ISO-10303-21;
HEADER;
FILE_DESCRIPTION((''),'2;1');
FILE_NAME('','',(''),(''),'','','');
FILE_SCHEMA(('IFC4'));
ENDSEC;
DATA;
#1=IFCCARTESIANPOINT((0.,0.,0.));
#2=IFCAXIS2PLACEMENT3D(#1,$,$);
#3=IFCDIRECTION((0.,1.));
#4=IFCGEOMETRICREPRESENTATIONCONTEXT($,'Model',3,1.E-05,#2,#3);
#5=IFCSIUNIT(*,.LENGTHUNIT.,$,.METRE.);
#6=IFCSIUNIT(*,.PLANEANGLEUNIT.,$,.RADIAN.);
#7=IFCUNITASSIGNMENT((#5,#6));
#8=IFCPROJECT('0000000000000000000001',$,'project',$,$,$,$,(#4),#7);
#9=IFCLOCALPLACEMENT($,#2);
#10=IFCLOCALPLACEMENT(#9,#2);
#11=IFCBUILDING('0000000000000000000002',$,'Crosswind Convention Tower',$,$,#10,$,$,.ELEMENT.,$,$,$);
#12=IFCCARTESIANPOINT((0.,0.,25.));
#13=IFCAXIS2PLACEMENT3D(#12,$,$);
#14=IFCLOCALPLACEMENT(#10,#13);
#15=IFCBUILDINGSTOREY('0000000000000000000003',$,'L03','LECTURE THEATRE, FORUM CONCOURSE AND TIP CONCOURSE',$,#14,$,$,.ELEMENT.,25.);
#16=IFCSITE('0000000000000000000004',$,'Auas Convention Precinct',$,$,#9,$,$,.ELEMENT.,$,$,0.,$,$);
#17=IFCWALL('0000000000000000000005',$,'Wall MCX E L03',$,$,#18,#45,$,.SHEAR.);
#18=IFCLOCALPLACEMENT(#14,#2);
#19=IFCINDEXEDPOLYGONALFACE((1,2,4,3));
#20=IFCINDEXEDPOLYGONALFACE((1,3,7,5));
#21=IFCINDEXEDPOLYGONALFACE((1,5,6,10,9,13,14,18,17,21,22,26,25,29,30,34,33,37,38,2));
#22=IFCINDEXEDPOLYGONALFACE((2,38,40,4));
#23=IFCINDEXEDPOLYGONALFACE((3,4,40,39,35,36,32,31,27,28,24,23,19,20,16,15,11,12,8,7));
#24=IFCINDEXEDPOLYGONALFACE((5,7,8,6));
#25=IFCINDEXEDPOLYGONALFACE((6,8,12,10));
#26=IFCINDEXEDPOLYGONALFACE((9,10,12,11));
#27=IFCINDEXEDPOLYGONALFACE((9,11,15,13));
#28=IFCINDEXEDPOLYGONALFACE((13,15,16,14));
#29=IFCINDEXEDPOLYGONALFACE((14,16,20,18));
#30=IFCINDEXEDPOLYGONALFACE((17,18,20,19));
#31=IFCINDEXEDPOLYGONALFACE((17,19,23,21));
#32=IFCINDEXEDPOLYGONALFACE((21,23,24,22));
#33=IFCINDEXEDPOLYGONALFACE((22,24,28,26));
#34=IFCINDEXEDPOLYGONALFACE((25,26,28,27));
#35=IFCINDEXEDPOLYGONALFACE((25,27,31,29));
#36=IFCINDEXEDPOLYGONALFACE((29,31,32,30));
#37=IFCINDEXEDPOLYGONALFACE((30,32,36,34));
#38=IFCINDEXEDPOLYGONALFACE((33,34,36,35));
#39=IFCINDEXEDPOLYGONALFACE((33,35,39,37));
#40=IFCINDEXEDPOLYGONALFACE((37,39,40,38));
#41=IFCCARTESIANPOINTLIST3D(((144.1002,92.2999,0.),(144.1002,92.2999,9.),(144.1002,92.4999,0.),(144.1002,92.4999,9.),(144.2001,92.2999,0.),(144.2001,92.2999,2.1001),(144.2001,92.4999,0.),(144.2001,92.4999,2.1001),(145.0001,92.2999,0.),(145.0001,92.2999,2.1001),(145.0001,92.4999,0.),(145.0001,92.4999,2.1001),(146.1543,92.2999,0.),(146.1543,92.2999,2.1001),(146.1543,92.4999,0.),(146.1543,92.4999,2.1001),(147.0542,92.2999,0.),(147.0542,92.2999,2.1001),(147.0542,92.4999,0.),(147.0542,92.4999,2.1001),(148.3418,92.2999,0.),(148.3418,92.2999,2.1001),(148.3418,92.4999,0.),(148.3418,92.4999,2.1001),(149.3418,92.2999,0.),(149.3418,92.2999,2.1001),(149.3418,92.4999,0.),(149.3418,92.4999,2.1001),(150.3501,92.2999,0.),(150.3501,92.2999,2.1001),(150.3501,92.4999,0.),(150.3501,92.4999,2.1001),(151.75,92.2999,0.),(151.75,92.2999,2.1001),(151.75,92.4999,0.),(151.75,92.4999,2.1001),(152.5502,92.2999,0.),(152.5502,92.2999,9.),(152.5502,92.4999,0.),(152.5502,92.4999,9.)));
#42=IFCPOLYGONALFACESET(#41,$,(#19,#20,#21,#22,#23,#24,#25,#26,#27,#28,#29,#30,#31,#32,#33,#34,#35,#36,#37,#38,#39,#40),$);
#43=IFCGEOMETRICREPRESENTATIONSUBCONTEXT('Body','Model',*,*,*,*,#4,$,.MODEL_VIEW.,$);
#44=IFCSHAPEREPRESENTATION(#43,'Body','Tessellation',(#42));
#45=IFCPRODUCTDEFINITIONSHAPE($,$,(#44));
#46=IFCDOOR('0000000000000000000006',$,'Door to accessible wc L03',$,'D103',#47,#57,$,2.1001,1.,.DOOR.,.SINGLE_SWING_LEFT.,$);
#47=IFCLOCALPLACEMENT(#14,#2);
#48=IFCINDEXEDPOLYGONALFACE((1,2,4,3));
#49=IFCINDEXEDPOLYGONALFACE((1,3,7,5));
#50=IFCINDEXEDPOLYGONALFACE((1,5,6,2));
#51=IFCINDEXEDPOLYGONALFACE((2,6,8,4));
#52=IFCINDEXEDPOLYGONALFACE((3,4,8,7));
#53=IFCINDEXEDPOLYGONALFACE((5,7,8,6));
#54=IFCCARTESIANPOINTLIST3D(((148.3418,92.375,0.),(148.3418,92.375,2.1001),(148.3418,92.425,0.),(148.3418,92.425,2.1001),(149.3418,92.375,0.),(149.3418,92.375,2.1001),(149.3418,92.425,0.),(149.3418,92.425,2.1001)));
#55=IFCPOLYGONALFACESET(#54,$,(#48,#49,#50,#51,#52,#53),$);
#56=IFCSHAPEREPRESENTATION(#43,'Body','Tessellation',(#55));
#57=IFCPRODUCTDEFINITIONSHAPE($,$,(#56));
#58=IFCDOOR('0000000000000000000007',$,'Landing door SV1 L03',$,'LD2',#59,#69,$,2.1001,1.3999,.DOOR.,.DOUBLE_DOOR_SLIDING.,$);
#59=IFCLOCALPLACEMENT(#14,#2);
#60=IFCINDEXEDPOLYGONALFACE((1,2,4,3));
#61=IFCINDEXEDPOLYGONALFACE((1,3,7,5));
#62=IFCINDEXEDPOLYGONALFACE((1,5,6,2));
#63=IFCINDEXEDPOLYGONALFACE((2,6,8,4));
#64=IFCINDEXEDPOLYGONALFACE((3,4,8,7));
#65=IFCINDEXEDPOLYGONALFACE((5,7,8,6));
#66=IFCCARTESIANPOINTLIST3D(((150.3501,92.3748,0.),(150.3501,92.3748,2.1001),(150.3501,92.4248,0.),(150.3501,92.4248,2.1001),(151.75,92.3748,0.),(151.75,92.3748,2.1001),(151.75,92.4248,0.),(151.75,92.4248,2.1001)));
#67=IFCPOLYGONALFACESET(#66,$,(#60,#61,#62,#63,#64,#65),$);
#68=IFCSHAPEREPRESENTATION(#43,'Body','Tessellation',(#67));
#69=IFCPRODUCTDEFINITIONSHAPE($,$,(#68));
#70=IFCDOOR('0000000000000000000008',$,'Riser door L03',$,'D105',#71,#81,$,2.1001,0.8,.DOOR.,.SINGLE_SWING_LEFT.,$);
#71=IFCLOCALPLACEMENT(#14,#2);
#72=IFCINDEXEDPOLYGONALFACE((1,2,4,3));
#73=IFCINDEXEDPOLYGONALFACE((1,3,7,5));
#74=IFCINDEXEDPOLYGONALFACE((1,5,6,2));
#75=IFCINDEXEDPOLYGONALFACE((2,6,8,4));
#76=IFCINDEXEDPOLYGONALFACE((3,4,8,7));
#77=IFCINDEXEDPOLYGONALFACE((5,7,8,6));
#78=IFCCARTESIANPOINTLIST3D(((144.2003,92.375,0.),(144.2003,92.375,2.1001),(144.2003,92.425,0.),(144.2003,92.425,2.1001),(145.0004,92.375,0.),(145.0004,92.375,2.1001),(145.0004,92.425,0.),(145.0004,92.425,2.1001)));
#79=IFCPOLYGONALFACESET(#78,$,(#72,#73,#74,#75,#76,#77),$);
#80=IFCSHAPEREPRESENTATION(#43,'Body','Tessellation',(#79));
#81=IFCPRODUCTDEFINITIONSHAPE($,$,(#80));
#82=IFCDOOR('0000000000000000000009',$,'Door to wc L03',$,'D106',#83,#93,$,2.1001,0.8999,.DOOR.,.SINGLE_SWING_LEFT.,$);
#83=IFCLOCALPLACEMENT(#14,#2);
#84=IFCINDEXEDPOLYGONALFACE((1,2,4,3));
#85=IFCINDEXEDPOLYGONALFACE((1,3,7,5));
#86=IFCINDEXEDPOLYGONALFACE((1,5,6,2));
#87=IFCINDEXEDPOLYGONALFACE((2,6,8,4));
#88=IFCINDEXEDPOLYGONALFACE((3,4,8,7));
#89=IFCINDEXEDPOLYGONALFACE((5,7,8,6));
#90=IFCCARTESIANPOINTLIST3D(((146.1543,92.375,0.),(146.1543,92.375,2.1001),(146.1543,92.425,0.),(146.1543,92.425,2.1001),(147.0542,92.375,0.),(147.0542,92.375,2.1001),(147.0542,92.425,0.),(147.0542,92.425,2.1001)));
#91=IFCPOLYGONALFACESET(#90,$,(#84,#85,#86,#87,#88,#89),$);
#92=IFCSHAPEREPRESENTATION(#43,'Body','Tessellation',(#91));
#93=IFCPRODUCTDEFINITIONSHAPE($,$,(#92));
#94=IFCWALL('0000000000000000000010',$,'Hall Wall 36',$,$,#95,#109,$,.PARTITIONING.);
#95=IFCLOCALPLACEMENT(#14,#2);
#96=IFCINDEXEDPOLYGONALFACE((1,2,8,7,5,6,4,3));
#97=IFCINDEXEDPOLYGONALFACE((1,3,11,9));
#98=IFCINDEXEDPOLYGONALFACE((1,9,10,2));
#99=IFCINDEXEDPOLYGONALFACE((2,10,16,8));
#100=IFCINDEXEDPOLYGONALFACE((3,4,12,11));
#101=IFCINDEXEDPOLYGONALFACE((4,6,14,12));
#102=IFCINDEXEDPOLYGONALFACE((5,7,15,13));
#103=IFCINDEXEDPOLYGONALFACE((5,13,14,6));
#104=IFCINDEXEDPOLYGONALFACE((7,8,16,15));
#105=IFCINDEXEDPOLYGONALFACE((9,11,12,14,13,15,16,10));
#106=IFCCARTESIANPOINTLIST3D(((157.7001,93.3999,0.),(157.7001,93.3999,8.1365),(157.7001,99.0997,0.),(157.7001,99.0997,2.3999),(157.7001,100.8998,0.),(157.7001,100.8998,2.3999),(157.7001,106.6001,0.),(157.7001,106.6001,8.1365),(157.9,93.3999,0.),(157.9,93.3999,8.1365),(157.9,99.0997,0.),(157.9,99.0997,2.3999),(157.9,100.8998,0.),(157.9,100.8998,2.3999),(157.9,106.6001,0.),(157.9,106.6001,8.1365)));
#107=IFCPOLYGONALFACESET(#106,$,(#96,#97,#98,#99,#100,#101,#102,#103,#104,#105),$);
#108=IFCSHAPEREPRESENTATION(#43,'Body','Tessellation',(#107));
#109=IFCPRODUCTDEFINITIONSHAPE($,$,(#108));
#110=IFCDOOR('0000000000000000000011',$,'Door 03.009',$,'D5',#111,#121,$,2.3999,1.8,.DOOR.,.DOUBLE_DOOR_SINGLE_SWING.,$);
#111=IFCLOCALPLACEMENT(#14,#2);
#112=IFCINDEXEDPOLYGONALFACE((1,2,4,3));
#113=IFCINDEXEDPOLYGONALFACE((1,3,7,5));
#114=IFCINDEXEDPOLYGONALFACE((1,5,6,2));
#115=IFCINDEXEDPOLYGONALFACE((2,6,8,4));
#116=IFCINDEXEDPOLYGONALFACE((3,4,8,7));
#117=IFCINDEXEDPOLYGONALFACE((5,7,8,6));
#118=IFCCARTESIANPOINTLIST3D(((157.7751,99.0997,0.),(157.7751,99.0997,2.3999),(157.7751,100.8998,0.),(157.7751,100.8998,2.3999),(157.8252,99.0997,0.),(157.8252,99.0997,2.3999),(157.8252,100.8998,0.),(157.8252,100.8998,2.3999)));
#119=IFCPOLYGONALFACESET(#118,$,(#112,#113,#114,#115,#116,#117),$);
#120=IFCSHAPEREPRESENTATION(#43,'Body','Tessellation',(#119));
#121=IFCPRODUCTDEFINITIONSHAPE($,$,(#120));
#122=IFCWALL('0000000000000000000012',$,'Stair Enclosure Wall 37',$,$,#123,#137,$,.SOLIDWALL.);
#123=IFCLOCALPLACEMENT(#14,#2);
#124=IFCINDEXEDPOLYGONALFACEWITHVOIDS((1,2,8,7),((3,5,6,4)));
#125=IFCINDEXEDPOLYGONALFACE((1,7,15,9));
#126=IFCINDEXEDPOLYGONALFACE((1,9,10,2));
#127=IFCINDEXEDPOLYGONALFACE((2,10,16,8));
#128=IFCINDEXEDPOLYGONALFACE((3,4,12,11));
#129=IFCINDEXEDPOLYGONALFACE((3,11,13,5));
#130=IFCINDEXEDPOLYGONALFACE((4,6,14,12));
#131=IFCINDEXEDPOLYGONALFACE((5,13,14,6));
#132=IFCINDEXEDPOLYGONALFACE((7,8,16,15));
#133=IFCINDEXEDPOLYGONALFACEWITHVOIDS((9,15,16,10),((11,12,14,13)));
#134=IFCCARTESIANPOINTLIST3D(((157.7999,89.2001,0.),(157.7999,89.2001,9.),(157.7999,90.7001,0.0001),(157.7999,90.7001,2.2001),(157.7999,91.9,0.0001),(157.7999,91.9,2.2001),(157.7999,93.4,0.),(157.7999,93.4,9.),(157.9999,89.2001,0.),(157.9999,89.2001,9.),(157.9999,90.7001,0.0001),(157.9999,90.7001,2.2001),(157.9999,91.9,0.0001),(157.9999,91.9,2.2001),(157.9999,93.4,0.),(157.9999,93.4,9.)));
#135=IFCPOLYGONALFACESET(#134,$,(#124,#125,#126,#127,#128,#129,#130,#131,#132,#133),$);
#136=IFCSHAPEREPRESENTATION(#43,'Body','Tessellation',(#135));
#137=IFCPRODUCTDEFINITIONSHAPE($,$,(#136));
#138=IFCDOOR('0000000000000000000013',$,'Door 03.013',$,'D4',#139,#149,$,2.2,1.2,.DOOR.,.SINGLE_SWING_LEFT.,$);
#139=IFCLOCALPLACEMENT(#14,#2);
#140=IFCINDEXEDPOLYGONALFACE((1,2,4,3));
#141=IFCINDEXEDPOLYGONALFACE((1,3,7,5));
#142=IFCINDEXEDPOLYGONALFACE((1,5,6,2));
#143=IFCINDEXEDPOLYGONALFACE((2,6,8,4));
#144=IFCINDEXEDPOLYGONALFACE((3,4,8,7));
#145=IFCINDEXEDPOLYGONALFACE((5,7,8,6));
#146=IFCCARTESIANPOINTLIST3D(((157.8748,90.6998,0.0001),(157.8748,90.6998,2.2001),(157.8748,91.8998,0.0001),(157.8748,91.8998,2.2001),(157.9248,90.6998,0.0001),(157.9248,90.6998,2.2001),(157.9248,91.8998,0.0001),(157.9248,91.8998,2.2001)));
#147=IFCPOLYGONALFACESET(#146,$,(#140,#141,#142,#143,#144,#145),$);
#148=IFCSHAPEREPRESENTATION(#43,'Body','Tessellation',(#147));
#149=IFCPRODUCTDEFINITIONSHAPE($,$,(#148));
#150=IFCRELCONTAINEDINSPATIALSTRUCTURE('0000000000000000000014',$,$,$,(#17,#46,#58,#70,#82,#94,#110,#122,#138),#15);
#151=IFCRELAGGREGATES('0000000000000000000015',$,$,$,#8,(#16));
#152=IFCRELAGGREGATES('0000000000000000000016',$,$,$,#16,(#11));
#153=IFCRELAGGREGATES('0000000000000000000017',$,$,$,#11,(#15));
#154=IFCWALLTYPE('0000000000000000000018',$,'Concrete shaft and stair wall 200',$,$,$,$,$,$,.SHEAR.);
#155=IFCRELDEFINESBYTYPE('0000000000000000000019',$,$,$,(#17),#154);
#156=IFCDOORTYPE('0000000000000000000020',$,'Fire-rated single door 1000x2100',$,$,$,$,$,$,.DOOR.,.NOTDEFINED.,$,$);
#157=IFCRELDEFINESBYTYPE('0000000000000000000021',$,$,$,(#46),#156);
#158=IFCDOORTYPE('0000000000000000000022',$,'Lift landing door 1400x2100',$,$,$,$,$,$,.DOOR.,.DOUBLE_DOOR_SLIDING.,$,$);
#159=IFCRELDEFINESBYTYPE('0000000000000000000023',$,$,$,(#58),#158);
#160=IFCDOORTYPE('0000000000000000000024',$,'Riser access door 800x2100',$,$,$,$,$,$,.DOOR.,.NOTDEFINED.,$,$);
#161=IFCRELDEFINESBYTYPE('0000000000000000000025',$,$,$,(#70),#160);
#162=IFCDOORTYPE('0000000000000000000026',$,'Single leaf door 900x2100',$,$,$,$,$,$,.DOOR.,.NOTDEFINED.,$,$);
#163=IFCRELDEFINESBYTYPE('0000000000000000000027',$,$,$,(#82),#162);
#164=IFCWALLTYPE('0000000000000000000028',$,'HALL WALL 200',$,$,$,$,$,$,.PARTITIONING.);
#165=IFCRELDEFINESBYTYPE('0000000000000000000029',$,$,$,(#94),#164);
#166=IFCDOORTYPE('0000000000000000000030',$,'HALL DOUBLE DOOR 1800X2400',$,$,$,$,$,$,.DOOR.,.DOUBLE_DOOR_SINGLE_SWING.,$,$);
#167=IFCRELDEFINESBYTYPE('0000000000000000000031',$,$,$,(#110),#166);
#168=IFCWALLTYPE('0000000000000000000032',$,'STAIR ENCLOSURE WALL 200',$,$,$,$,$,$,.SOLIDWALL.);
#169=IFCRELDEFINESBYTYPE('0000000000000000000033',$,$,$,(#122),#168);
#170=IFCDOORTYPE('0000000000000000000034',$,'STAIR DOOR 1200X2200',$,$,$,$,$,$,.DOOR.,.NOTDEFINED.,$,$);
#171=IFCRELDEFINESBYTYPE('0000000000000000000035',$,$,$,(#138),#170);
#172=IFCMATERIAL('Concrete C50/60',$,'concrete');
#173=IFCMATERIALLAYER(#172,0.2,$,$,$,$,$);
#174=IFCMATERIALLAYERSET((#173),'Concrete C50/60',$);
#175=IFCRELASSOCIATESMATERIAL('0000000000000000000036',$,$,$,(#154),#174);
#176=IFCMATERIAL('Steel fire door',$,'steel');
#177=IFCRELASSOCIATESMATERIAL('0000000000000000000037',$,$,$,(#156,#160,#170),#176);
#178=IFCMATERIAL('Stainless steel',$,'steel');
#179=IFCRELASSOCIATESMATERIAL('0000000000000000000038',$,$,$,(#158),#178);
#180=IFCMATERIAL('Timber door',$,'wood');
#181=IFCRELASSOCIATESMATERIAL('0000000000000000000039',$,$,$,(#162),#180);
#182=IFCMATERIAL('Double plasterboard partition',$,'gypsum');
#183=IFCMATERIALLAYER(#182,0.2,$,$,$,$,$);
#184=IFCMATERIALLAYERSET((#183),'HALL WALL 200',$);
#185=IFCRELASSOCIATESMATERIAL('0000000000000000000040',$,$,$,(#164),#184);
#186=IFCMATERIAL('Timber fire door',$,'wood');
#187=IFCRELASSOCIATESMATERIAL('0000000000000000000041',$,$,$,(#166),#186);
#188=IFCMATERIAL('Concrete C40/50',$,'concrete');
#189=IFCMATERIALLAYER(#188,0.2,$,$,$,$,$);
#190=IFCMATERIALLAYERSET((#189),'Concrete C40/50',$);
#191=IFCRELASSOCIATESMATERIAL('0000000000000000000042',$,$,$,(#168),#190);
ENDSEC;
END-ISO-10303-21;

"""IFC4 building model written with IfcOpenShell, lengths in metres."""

from ifc_helpers import new_model, si_unit, direction, frame, frame_2d, origin, place, context, subcontext, project, spatial, rectangle, extrude, material, layer, layer_set, type_object, element, fill, save


model = new_model("IFC4")

# Units and contexts
model_context = context("Model", 3, precision=1e-05, world=origin(), true_north=direction((0.0, 1.0)))
body_context = subcontext(model_context, "Body", "Model", "MODEL_VIEW")
ifc_project = project(units=[si_unit("LENGTHUNIT", "METRE"), si_unit("PLANEANGLEUNIT", "RADIAN")], contexts=[model_context])

# Site, building, storey
site_placement = place(None, origin())
site = spatial("IfcSite", under=ifc_project, at=site_placement, Name="Auas Convention Precinct", CompositionType="ELEMENT", RefElevation=0.0)
building_placement = place(site_placement, origin())
building = spatial("IfcBuilding", under=site, at=building_placement, Name="Crosswind Convention Tower", CompositionType="ELEMENT")
storey_placement = place(building_placement, frame((0.0, 0.0, 25.0)))
storey = spatial("IfcBuildingStorey", under=building, at=storey_placement, Name="L03", Description="LECTURE THEATRE, FORUM CONCOURSE AND TIP CONCOURSE", CompositionType="ELEMENT", Elevation=25.0)

# Shared definitions
ifc_material_1 = material(Name="Concrete C50/60", Category="concrete")
ifc_layer_1 = layer(ifc_material_1, 0.2)
ifc_layer_set_1 = layer_set([ifc_layer_1], Name="Concrete C50/60")
wall_type_1 = type_object("IfcWallType", Name="Concrete shaft and stair wall 200", PredefinedType="SHEAR", material=ifc_layer_set_1)

# Wall, openings, doors
ifc_material_2 = material(Name="Stainless steel", Category="steel")
wall_1_placement = place(storey_placement, frame((144.1001, 92.3999, 0.0), z_axis=(0.0, 0.0, 1.0), x_axis=(1.0, 0.0, 0.0)))
wall_1 = element("IfcWall", 1, at=wall_1_placement, inside=storey, type_object=wall_type_1, Name="Wall MCX E L03", PredefinedType="SHEAR", context=body_context, shape_type="SweptSolid", body=[
    extrude(rectangle(XDim=8.45, YDim=0.2, at=frame_2d((4.2251, 0.0))), origin(), (0.0, 0.0, 1.0), 9.0),
])
opening_1_placement = place(wall_1_placement, frame((0.1001, 0.0, 0.0)))
opening_1 = element("IfcOpeningElement", 2, at=opening_1_placement, cuts=wall_1, PredefinedType="OPENING", context=body_context, shape_type="SweptSolid", body=[
    extrude(rectangle(XDim=0.8, YDim=2.1001, at=frame_2d((0.3999, 1.05))), frame((0.0, 0.1099, 0.0), z_axis=(0.0, -1.0, 0.0), x_axis=(1.0, 0.0, 0.0)), (0.0, 0.0, 1.0), 0.22),
])
opening_2_placement = place(wall_1_placement, frame((2.0542, 0.0, 0.0)))
opening_2 = element("IfcOpeningElement", 3, at=opening_2_placement, cuts=wall_1, PredefinedType="OPENING", context=body_context, shape_type="SweptSolid", body=[
    extrude(rectangle(XDim=0.8999, YDim=2.1001, at=frame_2d((0.45, 1.05))), frame((0.0, 0.1099, 0.0), z_axis=(0.0, -1.0, 0.0), x_axis=(1.0, 0.0, 0.0)), (0.0, 0.0, 1.0), 0.22),
])
opening_3_placement = place(wall_1_placement, frame((4.2417, 0.0, 0.0)))
opening_3 = element("IfcOpeningElement", 4, at=opening_3_placement, cuts=wall_1, PredefinedType="OPENING", context=body_context, shape_type="SweptSolid", body=[
    extrude(rectangle(XDim=1.0, YDim=2.1001, at=frame_2d((0.5, 1.05))), frame((0.0, 0.1099, 0.0), z_axis=(0.0, -1.0, 0.0), x_axis=(1.0, 0.0, 0.0)), (0.0, 0.0, 1.0), 0.22),
])
opening_4_placement = place(wall_1_placement, frame((6.25, 0.0, 0.0)))
opening_4 = element("IfcOpeningElement", 5, at=opening_4_placement, cuts=wall_1, PredefinedType="OPENING", context=body_context, shape_type="SweptSolid", body=[
    extrude(rectangle(XDim=1.3999, YDim=2.1001, at=frame_2d((0.7, 1.05))), frame((0.0, 0.1099, 0.0), z_axis=(0.0, -1.0, 0.0), x_axis=(1.0, 0.0, 0.0)), (0.0, 0.0, 1.0), 0.22),
])
ifc_material_3 = material(Name="Steel fire door", Category="steel")
door_type_1 = type_object("IfcDoorType", Name="Fire-rated single door 1000x2100", OperationType="NOTDEFINED", PredefinedType="DOOR", material=ifc_material_3)
door_1_placement = place(opening_3_placement, frame((1.0, 0.0, 0.0), z_axis=(0.0, 0.0, 1.0), x_axis=(-1.0, 0.0, 0.0)))
door_1 = element("IfcDoor", 6, at=door_1_placement, inside=storey, type_object=door_type_1, Name="Door to accessible wc L03", ObjectType="D103", OperationType="SINGLE_SWING_LEFT", OverallHeight=2.1001, OverallWidth=1.0, PredefinedType="DOOR", context=body_context, shape_type="SweptSolid", body=[
    extrude(rectangle(XDim=1.0, YDim=2.1001, at=frame_2d((0.5, 1.05))), frame((0.0, 0.0249, 0.0), z_axis=(0.0, -1.0, 0.0), x_axis=(1.0, 0.0, 0.0)), (0.0, 0.0, 1.0), 0.05),
])
fill(opening_3, door_1)
door_type_2 = type_object("IfcDoorType", Name="Lift landing door 1400x2100", OperationType="DOUBLE_DOOR_SLIDING", PredefinedType="DOOR", material=ifc_material_2)
door_2_placement = place(opening_4_placement, origin())
door_2 = element("IfcDoor", 7, at=door_2_placement, inside=storey, type_object=door_type_2, Name="Landing door SV1 L03", ObjectType="LD2", OperationType="DOUBLE_DOOR_SLIDING", OverallHeight=2.1001, OverallWidth=1.3999, PredefinedType="DOOR", context=body_context, shape_type="SweptSolid", body=[
    extrude(rectangle(XDim=1.3999, YDim=2.1001, at=frame_2d((0.7, 1.05))), frame((0.0, 0.0249, 0.0), z_axis=(0.0, -1.0, 0.0), x_axis=(1.0, 0.0, 0.0)), (0.0, 0.0, 1.0), 0.05),
])
fill(opening_4, door_2)
door_type_3 = type_object("IfcDoorType", Name="Riser access door 800x2100", OperationType="NOTDEFINED", PredefinedType="DOOR", material=ifc_material_3)
door_3_placement = place(opening_1_placement, frame((0.8, 0.0, 0.0), z_axis=(0.0, 0.0, 1.0), x_axis=(-1.0, 0.0, 0.0)))
door_3 = element("IfcDoor", 8, at=door_3_placement, inside=storey, type_object=door_type_3, Name="Riser door L03", ObjectType="D105", OperationType="SINGLE_SWING_LEFT", OverallHeight=2.1001, OverallWidth=0.8, PredefinedType="DOOR", context=body_context, shape_type="SweptSolid", body=[
    extrude(rectangle(XDim=0.8, YDim=2.1001, at=frame_2d((0.3999, 1.05))), frame((0.0, 0.0249, 0.0), z_axis=(0.0, -1.0, 0.0), x_axis=(1.0, 0.0, 0.0)), (0.0, 0.0, 1.0), 0.05),
])
fill(opening_1, door_3)
ifc_material_4 = material(Name="Timber door", Category="wood")
door_type_4 = type_object("IfcDoorType", Name="Single leaf door 900x2100", OperationType="NOTDEFINED", PredefinedType="DOOR", material=ifc_material_4)
door_4_placement = place(opening_2_placement, frame((0.8999, 0.0, 0.0), z_axis=(0.0, 0.0, 1.0), x_axis=(-1.0, 0.0, 0.0)))
door_4 = element("IfcDoor", 9, at=door_4_placement, inside=storey, type_object=door_type_4, Name="Door to wc L03", ObjectType="D106", OperationType="SINGLE_SWING_LEFT", OverallHeight=2.1001, OverallWidth=0.8999, PredefinedType="DOOR", context=body_context, shape_type="SweptSolid", body=[
    extrude(rectangle(XDim=0.8999, YDim=2.1001, at=frame_2d((0.45, 1.05))), frame((0.0, 0.0249, 0.0), z_axis=(0.0, -1.0, 0.0), x_axis=(1.0, 0.0, 0.0)), (0.0, 0.0, 1.0), 0.05),
])
fill(opening_2, door_4)

# Walls, openings, doors
ifc_material_5 = material(Name="Double plasterboard partition", Category="gypsum")
ifc_layer_2 = layer(ifc_material_5, 0.2)
ifc_layer_set_2 = layer_set([ifc_layer_2], Name="HALL WALL 200")
wall_type_2 = type_object("IfcWallType", Name="HALL WALL 200", PredefinedType="PARTITIONING", material=ifc_layer_set_2)
wall_2_placement = place(storey_placement, frame((157.8, 93.3999, 0.0), z_axis=(0.0, 0.0, 1.0), x_axis=(0.0, 1.0, 0.0)))
wall_2 = element("IfcWall", 10, at=wall_2_placement, inside=storey, type_object=wall_type_2, Name="Hall Wall 36", PredefinedType="PARTITIONING", context=body_context, shape_type="SweptSolid", body=[
    extrude(rectangle(XDim=13.2002, YDim=0.2, at=frame_2d((6.6001, 0.0))), origin(), (0.0, 0.0, 1.0), 8.1365),
])
opening_5_placement = place(wall_2_placement, frame((5.7, 0.0, 0.0)))
opening_5 = element("IfcOpeningElement", 11, at=opening_5_placement, cuts=wall_2, PredefinedType="OPENING", context=body_context, shape_type="SweptSolid", body=[
    extrude(rectangle(XDim=1.8, YDim=2.3999, at=frame_2d((0.8999, 1.2))), frame((0.0, 0.1099, 0.0), z_axis=(0.0, -1.0, 0.0), x_axis=(1.0, 0.0, 0.0)), (0.0, 0.0, 1.0), 0.22),
])
ifc_material_6 = material(Name="Timber fire door", Category="wood")
door_type_5 = type_object("IfcDoorType", Name="HALL DOUBLE DOOR 1800X2400", OperationType="DOUBLE_DOOR_SINGLE_SWING", PredefinedType="DOOR", material=ifc_material_6)
door_5_placement = place(opening_5_placement, origin())
door_5 = element("IfcDoor", 12, at=door_5_placement, inside=storey, type_object=door_type_5, Name="Door 03.009", ObjectType="D5", OperationType="DOUBLE_DOOR_SINGLE_SWING", OverallHeight=2.3999, OverallWidth=1.8, PredefinedType="DOOR", context=body_context, shape_type="SweptSolid", body=[
    extrude(rectangle(XDim=1.8, YDim=2.3999, at=frame_2d((0.8999, 1.2))), frame((0.0, 0.0249, 0.0), z_axis=(0.0, -1.0, 0.0), x_axis=(1.0, 0.0, 0.0)), (0.0, 0.0, 1.0), 0.05),
])
fill(opening_5, door_5)
ifc_material_7 = material(Name="Concrete C40/50", Category="concrete")
ifc_layer_3 = layer(ifc_material_7, 0.2)
ifc_layer_set_3 = layer_set([ifc_layer_3], Name="Concrete C40/50")
wall_type_3 = type_object("IfcWallType", Name="STAIR ENCLOSURE WALL 200", PredefinedType="SOLIDWALL", material=ifc_layer_set_3)
wall_3_placement = place(storey_placement, frame((157.8999, 89.2, 0.0), z_axis=(0.0, 0.0, 1.0), x_axis=(0.0, 1.0, 0.0)))
wall_3 = element("IfcWall", 13, at=wall_3_placement, inside=storey, type_object=wall_type_3, Name="Stair Enclosure Wall 37", PredefinedType="SOLIDWALL", context=body_context, shape_type="SweptSolid", body=[
    extrude(rectangle(XDim=4.2, YDim=0.2, at=frame_2d((2.1001, 0.0))), origin(), (0.0, 0.0, 1.0), 9.0),
])
opening_6_placement = place(wall_3_placement, frame((1.5, 0.0, 0.0)))
opening_6 = element("IfcOpeningElement", 14, at=opening_6_placement, cuts=wall_3, PredefinedType="OPENING", context=body_context, shape_type="SweptSolid", body=[
    extrude(rectangle(XDim=1.2, YDim=2.2, at=frame_2d((0.6001, 1.1001))), frame((0.0, 0.1099, 0.0), z_axis=(0.0, -1.0, 0.0), x_axis=(1.0, 0.0, 0.0)), (0.0, 0.0, 1.0), 0.22),
])
door_type_6 = type_object("IfcDoorType", Name="STAIR DOOR 1200X2200", OperationType="NOTDEFINED", PredefinedType="DOOR", material=ifc_material_3)
door_6_placement = place(opening_6_placement, frame((1.2, 0.0, 0.0), z_axis=(0.0, 0.0, 1.0), x_axis=(-1.0, 0.0, 0.0)))
door_6 = element("IfcDoor", 15, at=door_6_placement, inside=storey, type_object=door_type_6, Name="Door 03.013", ObjectType="D4", OperationType="SINGLE_SWING_LEFT", OverallHeight=2.2, OverallWidth=1.2, PredefinedType="DOOR", context=body_context, shape_type="SweptSolid", body=[
    extrude(rectangle(XDim=1.2, YDim=2.2, at=frame_2d((0.6001, 1.1001))), frame((0.0, 0.0249, 0.0), z_axis=(0.0, -1.0, 0.0), x_axis=(1.0, 0.0, 0.0)), (0.0, 0.0, 1.0), 0.05),
])
fill(opening_6, door_6)

save(model, "model.ifc")
